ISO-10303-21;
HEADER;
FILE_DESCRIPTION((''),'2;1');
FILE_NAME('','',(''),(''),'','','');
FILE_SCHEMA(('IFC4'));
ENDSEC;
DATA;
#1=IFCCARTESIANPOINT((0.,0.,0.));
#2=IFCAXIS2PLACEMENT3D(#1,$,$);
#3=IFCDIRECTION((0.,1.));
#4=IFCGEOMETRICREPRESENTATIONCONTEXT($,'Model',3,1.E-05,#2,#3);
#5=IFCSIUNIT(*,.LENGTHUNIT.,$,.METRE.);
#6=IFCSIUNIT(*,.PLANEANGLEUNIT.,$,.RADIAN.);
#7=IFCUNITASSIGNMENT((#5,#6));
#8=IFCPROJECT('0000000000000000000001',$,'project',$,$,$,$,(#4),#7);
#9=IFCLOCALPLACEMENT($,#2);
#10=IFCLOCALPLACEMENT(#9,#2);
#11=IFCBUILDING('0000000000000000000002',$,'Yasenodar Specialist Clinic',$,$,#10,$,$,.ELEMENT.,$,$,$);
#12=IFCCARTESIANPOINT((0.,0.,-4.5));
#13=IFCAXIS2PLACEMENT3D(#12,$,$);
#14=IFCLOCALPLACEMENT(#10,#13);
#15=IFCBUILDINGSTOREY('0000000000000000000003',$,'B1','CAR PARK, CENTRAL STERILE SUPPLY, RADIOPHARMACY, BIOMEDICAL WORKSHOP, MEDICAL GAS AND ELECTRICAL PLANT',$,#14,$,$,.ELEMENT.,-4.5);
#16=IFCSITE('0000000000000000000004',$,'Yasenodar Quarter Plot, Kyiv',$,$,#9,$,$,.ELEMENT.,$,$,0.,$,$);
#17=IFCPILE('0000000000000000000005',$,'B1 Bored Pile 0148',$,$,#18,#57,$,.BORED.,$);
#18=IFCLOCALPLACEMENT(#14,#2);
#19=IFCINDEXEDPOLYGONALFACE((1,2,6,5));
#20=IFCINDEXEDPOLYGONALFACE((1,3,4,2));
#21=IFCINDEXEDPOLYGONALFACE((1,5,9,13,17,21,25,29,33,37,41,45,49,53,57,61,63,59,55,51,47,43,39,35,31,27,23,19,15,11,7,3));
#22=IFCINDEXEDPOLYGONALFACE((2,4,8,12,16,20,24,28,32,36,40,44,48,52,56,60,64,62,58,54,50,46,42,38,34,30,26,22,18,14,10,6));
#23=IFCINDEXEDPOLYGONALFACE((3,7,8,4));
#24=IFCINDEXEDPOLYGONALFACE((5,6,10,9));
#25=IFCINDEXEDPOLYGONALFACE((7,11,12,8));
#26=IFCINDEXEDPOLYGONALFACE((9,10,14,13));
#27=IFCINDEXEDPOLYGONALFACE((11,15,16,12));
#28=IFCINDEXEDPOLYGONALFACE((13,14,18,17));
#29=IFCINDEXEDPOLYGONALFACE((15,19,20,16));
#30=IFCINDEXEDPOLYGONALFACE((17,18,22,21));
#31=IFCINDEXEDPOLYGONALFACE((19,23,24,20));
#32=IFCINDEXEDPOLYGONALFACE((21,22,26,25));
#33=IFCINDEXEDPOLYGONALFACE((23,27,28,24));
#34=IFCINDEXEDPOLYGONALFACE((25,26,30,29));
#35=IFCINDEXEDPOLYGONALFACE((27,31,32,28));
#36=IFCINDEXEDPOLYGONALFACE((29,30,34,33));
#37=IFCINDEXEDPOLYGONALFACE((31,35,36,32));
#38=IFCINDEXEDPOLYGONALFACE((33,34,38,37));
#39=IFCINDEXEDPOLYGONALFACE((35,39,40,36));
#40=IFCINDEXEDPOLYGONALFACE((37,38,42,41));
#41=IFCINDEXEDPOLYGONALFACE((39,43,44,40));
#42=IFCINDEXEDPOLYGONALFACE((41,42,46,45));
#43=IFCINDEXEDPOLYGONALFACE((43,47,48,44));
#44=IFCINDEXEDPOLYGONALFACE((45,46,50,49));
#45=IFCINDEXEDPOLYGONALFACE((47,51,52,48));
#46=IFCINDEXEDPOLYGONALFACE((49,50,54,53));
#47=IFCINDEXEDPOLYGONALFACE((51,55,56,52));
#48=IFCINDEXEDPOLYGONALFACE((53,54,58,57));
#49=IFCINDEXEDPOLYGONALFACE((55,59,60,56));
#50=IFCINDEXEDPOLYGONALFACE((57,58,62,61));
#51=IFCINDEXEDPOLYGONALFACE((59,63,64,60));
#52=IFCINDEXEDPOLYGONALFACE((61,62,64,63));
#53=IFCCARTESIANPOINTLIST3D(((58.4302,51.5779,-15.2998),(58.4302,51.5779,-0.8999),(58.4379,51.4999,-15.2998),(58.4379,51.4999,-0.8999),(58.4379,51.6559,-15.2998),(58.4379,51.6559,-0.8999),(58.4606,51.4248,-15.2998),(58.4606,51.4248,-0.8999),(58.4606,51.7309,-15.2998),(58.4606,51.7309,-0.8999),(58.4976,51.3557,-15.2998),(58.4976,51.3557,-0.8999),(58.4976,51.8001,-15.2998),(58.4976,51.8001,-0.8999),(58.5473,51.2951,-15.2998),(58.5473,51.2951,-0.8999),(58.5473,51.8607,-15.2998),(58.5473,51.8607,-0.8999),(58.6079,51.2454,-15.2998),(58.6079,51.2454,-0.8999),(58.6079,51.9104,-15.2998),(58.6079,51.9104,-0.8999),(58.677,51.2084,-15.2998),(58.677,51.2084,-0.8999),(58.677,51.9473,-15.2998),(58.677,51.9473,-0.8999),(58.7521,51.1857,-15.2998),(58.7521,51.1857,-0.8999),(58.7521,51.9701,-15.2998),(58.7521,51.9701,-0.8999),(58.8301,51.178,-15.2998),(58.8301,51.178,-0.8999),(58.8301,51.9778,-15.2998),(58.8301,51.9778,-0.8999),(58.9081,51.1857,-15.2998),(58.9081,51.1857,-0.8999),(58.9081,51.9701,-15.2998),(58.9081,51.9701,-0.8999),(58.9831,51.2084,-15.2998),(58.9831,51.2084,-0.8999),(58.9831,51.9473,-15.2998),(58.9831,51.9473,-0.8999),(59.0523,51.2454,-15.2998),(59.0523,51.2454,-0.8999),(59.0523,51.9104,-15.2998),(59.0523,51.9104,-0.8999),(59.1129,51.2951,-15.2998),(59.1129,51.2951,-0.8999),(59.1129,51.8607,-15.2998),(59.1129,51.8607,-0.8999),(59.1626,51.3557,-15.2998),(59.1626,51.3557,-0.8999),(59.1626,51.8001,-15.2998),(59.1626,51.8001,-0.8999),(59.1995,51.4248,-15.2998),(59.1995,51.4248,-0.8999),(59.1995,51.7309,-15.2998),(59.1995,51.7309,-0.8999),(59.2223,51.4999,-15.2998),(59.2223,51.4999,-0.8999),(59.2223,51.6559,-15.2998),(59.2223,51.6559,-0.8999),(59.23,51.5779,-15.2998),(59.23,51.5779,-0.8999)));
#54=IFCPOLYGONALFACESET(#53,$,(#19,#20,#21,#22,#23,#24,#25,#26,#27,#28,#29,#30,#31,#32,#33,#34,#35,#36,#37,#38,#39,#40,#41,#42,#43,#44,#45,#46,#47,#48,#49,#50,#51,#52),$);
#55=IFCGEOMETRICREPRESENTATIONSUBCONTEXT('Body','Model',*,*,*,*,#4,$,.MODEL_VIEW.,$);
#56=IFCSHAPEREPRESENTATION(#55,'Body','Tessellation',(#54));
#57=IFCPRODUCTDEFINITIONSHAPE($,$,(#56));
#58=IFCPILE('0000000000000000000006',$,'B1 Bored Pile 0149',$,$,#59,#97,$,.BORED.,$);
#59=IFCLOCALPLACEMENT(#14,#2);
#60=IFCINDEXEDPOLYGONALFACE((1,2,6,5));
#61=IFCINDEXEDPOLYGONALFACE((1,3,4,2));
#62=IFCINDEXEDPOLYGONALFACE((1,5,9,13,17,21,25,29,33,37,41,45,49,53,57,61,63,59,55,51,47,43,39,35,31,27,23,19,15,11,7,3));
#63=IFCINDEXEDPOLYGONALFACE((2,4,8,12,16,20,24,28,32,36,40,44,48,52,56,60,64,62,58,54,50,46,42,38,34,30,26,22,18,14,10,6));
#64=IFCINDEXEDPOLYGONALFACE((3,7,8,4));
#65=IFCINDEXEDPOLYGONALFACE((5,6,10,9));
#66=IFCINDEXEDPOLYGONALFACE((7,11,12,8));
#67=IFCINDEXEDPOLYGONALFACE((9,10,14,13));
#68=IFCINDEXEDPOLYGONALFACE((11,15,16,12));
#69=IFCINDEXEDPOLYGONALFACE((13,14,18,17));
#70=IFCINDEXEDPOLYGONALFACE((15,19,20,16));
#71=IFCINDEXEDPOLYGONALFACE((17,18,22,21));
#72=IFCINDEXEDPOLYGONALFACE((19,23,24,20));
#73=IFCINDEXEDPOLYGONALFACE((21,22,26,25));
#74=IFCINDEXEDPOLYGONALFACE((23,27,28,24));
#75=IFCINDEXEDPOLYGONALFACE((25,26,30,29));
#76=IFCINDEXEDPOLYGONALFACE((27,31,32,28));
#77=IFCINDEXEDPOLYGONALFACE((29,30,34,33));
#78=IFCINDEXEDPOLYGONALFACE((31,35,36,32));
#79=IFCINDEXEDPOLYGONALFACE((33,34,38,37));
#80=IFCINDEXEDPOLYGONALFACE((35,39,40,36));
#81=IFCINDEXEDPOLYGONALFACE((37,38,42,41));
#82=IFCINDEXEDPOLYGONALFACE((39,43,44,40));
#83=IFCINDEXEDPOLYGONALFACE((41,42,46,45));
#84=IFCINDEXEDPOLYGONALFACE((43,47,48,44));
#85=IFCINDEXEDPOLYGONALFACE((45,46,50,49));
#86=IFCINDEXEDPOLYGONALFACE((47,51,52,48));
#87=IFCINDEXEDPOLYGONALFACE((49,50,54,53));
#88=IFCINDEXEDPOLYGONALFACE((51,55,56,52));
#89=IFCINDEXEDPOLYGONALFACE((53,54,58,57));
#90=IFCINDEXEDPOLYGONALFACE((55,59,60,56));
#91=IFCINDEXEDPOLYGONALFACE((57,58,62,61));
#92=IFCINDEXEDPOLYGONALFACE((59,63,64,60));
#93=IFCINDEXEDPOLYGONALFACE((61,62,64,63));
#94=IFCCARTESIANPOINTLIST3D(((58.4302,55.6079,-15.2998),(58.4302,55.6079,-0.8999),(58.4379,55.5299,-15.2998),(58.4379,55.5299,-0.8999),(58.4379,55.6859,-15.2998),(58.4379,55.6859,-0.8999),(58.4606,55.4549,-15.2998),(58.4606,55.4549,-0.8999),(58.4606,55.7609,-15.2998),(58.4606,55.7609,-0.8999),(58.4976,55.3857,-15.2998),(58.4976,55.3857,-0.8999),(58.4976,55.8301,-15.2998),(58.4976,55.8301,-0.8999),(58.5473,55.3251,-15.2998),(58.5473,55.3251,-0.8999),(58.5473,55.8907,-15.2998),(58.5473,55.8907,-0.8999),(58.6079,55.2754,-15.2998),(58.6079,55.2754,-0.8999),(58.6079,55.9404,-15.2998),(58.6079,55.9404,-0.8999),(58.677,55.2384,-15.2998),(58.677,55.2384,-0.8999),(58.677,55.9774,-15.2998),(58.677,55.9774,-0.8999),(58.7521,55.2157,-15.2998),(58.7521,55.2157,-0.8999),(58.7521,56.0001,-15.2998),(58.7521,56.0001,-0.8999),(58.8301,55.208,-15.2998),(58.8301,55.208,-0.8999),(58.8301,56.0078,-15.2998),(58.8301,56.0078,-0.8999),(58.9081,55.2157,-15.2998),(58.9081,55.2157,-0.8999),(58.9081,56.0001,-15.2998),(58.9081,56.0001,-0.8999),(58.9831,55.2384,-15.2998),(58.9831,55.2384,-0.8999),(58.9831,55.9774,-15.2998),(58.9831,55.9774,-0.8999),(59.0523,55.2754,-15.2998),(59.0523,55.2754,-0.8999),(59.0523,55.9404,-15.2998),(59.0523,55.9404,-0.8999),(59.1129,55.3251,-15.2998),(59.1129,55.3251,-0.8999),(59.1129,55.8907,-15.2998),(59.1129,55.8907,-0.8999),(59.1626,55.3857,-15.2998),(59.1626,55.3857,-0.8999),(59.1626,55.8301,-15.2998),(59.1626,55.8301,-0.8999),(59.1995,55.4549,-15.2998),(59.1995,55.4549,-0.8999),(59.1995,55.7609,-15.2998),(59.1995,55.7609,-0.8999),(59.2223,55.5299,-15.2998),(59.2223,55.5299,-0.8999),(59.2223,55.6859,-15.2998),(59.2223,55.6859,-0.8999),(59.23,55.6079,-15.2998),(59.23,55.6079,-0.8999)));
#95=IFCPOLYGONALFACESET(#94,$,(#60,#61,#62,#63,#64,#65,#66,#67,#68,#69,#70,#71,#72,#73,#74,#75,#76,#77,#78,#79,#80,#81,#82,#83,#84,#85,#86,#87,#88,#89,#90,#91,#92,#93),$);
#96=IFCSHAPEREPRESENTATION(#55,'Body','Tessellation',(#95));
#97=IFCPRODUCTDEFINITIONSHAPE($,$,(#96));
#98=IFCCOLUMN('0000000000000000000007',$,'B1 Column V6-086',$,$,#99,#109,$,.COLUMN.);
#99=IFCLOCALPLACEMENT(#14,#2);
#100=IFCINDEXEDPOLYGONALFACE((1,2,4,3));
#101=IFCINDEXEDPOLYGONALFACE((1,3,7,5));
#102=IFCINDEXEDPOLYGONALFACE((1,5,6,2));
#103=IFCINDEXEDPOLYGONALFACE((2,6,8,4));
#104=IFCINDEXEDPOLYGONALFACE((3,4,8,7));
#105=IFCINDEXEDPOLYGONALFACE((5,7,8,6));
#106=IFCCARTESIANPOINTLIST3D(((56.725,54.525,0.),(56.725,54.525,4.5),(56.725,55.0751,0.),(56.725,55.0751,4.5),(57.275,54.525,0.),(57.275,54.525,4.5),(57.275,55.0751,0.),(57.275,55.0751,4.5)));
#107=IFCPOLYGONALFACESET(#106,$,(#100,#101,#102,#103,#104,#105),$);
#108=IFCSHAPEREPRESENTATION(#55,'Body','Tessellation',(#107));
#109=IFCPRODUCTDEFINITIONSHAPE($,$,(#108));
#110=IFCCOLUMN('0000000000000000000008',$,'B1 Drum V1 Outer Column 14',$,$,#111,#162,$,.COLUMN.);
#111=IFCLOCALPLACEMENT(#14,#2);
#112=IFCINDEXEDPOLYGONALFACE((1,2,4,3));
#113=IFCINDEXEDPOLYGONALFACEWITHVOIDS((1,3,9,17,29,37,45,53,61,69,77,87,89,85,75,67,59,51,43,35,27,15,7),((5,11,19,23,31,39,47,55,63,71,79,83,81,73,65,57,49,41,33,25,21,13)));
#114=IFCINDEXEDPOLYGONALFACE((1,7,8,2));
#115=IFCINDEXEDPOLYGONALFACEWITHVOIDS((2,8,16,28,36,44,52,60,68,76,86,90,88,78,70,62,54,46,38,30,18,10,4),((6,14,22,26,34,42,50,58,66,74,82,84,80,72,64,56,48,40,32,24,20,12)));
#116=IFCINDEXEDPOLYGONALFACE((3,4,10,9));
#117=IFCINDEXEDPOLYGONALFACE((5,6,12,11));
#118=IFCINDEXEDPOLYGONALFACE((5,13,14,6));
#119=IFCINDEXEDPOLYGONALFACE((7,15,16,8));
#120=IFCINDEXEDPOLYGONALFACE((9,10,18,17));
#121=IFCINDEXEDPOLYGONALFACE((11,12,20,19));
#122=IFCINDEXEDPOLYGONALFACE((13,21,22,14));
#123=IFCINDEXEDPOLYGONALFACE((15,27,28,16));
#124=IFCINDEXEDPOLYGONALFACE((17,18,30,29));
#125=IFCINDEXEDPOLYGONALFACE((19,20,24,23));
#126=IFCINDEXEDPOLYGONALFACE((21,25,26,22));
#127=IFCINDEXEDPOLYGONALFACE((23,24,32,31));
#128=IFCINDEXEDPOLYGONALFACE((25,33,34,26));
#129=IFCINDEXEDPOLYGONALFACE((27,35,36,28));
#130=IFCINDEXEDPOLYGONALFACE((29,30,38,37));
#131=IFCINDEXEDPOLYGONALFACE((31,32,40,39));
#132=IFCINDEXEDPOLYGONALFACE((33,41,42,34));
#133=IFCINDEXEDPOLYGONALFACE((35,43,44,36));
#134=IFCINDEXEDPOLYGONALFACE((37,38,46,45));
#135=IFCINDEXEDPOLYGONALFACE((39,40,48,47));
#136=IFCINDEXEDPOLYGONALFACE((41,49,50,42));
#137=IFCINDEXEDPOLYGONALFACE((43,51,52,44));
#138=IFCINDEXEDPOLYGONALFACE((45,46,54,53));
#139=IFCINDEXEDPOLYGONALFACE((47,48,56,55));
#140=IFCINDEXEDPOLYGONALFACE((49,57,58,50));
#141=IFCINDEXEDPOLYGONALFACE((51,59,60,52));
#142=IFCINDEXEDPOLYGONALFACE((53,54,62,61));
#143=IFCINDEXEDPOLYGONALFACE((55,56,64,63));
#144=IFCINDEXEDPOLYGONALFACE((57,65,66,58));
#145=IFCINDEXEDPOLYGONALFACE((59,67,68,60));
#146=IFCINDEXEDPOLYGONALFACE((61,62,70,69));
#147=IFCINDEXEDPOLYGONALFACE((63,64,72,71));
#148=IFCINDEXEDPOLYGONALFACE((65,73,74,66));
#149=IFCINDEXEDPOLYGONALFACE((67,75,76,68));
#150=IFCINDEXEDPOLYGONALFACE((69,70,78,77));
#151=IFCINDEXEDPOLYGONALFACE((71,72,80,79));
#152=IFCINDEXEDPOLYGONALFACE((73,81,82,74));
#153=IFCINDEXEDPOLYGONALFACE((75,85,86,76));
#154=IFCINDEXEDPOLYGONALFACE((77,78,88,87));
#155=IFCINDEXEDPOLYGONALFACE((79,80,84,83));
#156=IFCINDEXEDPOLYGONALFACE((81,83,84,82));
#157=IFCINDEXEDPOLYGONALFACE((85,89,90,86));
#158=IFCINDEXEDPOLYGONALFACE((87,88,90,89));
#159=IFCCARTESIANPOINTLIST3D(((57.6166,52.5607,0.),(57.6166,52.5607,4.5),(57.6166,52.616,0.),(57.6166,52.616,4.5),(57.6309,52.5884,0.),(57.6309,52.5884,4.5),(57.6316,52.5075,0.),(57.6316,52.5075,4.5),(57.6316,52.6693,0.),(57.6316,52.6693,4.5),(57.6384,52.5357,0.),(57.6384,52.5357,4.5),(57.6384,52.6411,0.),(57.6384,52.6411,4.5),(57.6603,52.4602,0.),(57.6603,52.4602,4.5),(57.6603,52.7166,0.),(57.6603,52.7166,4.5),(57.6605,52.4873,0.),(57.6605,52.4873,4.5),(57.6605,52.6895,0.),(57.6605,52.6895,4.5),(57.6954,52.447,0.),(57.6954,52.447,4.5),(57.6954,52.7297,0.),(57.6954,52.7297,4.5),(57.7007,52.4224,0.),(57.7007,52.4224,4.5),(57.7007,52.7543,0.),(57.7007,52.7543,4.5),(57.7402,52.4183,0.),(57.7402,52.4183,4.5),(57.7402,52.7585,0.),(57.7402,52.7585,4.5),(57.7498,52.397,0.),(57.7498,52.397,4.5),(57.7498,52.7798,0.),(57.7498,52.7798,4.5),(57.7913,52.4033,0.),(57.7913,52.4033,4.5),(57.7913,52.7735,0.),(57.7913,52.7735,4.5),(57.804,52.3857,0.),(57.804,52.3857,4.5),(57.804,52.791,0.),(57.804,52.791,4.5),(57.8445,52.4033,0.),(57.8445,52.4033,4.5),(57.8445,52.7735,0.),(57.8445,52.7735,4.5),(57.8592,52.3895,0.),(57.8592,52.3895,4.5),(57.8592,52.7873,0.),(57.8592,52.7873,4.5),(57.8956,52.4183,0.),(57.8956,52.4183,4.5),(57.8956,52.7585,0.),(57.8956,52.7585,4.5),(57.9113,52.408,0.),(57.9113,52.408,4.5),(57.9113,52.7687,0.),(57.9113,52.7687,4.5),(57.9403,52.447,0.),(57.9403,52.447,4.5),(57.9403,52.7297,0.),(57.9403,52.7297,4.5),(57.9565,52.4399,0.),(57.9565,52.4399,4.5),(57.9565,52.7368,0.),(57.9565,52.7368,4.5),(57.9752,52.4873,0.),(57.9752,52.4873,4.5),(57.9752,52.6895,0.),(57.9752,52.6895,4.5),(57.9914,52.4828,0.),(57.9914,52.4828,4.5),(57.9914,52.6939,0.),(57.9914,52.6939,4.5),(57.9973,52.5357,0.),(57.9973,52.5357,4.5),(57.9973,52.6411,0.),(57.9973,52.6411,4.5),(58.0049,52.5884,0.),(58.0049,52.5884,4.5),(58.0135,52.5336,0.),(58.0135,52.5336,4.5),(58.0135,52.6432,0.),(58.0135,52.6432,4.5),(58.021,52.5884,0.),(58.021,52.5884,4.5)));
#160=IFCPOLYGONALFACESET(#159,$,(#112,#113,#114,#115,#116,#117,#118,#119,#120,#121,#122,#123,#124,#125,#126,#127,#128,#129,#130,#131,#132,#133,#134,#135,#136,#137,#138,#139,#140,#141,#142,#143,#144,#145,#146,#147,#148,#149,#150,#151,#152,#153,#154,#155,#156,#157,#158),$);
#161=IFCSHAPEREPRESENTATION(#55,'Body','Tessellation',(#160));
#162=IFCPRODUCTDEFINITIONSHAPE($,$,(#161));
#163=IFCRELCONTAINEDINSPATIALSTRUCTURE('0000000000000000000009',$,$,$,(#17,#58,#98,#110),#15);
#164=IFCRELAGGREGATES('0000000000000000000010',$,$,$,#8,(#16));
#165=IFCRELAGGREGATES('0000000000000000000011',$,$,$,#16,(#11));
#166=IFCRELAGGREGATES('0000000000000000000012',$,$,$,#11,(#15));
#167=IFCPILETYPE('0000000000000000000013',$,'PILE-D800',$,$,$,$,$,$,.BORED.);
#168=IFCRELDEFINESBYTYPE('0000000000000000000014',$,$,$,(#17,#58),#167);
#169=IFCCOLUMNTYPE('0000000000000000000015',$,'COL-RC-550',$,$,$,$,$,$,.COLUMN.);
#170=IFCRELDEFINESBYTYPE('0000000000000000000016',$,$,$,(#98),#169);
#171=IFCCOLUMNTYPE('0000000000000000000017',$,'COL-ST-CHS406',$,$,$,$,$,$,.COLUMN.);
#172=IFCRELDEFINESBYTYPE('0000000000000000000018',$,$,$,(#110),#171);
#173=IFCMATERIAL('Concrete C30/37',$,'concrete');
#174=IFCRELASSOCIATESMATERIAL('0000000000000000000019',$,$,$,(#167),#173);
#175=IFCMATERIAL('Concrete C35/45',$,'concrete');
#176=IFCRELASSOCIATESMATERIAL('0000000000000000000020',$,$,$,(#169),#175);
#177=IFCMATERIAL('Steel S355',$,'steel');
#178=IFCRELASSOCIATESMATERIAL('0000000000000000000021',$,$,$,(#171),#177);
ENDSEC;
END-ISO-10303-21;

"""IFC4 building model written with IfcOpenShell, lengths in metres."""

from ifc_helpers import new_model, si_unit, direction, frame, origin, origin_2d, place, context, subcontext, project, spatial, rectangle, circle, hollow_circle, extrude, material, material_profile, profile_set, type_object, element, save


model = new_model("IFC4")

# Units and contexts
model_context = context("Model", 3, precision=1e-05, world=origin(), true_north=direction((0.0, 1.0)))
body_context = subcontext(model_context, "Body", "Model", "MODEL_VIEW")
ifc_project = project(units=[si_unit("LENGTHUNIT", "METRE"), si_unit("PLANEANGLEUNIT", "RADIAN")], contexts=[model_context])

# Site, building, storey
site_placement = place(None, origin())
site = spatial("IfcSite", under=ifc_project, at=site_placement, Name="Yasenodar Quarter Plot, Kyiv", CompositionType="ELEMENT", RefElevation=0.0)
building_placement = place(site_placement, origin())
building = spatial("IfcBuilding", under=site, at=building_placement, Name="Yasenodar Specialist Clinic", CompositionType="ELEMENT")
storey_placement = place(building_placement, frame((0.0, 0.0, -4.5)))
storey = spatial("IfcBuildingStorey", under=building, at=storey_placement, Name="B1", Description="CAR PARK, CENTRAL STERILE SUPPLY, RADIOPHARMACY, BIOMEDICAL WORKSHOP, MEDICAL GAS AND ELECTRICAL PLANT", CompositionType="ELEMENT", Elevation=-4.5)

# Shared definitions
ifc_material_1 = material(Name="Concrete C35/45", Category="concrete")

# Piles
ifc_material_2 = material(Name="Concrete C30/37", Category="concrete")
ifc_material_profile_1 = material_profile(ifc_material_2, circle(Radius=0.3999, at=origin_2d()), Name="PILE D800")
ifc_profile_set_1 = profile_set([ifc_material_profile_1], Name="Concrete C30/37")
pile_type_1 = type_object("IfcPileType", Name="PILE-D800", PredefinedType="BORED", material=ifc_profile_set_1)
for number, where, z_axis, x_axis, name in (
    (1, (58.8301, 51.5779, -0.8999), (0.0, 0.0, -1.0), (1.0, 0.0, 0.0), "B1 Bored Pile 0148"),
    (2, (58.8301, 55.6079, -0.8999), (0.0, 0.0, -1.0), (1.0, 0.0, 0.0), "B1 Bored Pile 0149"),
):
    element("IfcPile", number, at=place(storey_placement, frame(where, z_axis=z_axis, x_axis=x_axis)), inside=storey, type_object=pile_type_1, Name=name, PredefinedType="BORED", context=body_context, shape_type="SweptSolid", body=[
        extrude(circle(Radius=0.3999, at=origin_2d()), origin(), (0.0, 0.0, 1.0), 14.3999),
    ])

# Columns
ifc_material_profile_2 = material_profile(ifc_material_1, rectangle(XDim=0.55, YDim=0.55, at=origin_2d()), Name="RC 550x550")
ifc_profile_set_2 = profile_set([ifc_material_profile_2], Name="Concrete C35/45")
column_type_1 = type_object("IfcColumnType", Name="COL-RC-550", PredefinedType="COLUMN", material=ifc_profile_set_2)
column_placement = place(storey_placement, frame((57.0, 54.8, 0.0), z_axis=(0.0, 0.0, 1.0), x_axis=(1.0, 0.0, 0.0)))
element("IfcColumn", 3, at=column_placement, inside=storey, type_object=column_type_1, Name="B1 Column V6-086", PredefinedType="COLUMN", context=body_context, shape_type="SweptSolid", body=[
    extrude(rectangle(XDim=0.55, YDim=0.55, at=origin_2d()), origin(), (0.0, 0.0, 1.0), 4.5),
])
ifc_material_3 = material(Name="Steel S355", Category="steel")
ifc_material_profile_3 = material_profile(ifc_material_3, hollow_circle(Radius=0.2031, WallThickness=0.0161, at=origin_2d()), Name="CHS 406.4x16")
ifc_profile_set_3 = profile_set([ifc_material_profile_3], Name="Steel S355")
column_type_2 = type_object("IfcColumnType", Name="COL-ST-CHS406", PredefinedType="COLUMN", material=ifc_profile_set_3)
for number, where, z_axis, x_axis, name in (
    (4, (57.8179, 52.5884, 0.0), (0.0, 0.0, 1.0), (1.0, 0.0, 0.0), "B1 Drum V1 Outer Column 14"),
):
    element("IfcColumn", number, at=place(storey_placement, frame(where, z_axis=z_axis, x_axis=x_axis)), inside=storey, type_object=column_type_2, Name=name, PredefinedType="COLUMN", context=body_context, shape_type="SweptSolid", body=[
        extrude(hollow_circle(Radius=0.2031, WallThickness=0.0161, at=origin_2d()), origin(), (0.0, 0.0, 1.0), 4.5),
    ])

save(model, "model.ifc")
